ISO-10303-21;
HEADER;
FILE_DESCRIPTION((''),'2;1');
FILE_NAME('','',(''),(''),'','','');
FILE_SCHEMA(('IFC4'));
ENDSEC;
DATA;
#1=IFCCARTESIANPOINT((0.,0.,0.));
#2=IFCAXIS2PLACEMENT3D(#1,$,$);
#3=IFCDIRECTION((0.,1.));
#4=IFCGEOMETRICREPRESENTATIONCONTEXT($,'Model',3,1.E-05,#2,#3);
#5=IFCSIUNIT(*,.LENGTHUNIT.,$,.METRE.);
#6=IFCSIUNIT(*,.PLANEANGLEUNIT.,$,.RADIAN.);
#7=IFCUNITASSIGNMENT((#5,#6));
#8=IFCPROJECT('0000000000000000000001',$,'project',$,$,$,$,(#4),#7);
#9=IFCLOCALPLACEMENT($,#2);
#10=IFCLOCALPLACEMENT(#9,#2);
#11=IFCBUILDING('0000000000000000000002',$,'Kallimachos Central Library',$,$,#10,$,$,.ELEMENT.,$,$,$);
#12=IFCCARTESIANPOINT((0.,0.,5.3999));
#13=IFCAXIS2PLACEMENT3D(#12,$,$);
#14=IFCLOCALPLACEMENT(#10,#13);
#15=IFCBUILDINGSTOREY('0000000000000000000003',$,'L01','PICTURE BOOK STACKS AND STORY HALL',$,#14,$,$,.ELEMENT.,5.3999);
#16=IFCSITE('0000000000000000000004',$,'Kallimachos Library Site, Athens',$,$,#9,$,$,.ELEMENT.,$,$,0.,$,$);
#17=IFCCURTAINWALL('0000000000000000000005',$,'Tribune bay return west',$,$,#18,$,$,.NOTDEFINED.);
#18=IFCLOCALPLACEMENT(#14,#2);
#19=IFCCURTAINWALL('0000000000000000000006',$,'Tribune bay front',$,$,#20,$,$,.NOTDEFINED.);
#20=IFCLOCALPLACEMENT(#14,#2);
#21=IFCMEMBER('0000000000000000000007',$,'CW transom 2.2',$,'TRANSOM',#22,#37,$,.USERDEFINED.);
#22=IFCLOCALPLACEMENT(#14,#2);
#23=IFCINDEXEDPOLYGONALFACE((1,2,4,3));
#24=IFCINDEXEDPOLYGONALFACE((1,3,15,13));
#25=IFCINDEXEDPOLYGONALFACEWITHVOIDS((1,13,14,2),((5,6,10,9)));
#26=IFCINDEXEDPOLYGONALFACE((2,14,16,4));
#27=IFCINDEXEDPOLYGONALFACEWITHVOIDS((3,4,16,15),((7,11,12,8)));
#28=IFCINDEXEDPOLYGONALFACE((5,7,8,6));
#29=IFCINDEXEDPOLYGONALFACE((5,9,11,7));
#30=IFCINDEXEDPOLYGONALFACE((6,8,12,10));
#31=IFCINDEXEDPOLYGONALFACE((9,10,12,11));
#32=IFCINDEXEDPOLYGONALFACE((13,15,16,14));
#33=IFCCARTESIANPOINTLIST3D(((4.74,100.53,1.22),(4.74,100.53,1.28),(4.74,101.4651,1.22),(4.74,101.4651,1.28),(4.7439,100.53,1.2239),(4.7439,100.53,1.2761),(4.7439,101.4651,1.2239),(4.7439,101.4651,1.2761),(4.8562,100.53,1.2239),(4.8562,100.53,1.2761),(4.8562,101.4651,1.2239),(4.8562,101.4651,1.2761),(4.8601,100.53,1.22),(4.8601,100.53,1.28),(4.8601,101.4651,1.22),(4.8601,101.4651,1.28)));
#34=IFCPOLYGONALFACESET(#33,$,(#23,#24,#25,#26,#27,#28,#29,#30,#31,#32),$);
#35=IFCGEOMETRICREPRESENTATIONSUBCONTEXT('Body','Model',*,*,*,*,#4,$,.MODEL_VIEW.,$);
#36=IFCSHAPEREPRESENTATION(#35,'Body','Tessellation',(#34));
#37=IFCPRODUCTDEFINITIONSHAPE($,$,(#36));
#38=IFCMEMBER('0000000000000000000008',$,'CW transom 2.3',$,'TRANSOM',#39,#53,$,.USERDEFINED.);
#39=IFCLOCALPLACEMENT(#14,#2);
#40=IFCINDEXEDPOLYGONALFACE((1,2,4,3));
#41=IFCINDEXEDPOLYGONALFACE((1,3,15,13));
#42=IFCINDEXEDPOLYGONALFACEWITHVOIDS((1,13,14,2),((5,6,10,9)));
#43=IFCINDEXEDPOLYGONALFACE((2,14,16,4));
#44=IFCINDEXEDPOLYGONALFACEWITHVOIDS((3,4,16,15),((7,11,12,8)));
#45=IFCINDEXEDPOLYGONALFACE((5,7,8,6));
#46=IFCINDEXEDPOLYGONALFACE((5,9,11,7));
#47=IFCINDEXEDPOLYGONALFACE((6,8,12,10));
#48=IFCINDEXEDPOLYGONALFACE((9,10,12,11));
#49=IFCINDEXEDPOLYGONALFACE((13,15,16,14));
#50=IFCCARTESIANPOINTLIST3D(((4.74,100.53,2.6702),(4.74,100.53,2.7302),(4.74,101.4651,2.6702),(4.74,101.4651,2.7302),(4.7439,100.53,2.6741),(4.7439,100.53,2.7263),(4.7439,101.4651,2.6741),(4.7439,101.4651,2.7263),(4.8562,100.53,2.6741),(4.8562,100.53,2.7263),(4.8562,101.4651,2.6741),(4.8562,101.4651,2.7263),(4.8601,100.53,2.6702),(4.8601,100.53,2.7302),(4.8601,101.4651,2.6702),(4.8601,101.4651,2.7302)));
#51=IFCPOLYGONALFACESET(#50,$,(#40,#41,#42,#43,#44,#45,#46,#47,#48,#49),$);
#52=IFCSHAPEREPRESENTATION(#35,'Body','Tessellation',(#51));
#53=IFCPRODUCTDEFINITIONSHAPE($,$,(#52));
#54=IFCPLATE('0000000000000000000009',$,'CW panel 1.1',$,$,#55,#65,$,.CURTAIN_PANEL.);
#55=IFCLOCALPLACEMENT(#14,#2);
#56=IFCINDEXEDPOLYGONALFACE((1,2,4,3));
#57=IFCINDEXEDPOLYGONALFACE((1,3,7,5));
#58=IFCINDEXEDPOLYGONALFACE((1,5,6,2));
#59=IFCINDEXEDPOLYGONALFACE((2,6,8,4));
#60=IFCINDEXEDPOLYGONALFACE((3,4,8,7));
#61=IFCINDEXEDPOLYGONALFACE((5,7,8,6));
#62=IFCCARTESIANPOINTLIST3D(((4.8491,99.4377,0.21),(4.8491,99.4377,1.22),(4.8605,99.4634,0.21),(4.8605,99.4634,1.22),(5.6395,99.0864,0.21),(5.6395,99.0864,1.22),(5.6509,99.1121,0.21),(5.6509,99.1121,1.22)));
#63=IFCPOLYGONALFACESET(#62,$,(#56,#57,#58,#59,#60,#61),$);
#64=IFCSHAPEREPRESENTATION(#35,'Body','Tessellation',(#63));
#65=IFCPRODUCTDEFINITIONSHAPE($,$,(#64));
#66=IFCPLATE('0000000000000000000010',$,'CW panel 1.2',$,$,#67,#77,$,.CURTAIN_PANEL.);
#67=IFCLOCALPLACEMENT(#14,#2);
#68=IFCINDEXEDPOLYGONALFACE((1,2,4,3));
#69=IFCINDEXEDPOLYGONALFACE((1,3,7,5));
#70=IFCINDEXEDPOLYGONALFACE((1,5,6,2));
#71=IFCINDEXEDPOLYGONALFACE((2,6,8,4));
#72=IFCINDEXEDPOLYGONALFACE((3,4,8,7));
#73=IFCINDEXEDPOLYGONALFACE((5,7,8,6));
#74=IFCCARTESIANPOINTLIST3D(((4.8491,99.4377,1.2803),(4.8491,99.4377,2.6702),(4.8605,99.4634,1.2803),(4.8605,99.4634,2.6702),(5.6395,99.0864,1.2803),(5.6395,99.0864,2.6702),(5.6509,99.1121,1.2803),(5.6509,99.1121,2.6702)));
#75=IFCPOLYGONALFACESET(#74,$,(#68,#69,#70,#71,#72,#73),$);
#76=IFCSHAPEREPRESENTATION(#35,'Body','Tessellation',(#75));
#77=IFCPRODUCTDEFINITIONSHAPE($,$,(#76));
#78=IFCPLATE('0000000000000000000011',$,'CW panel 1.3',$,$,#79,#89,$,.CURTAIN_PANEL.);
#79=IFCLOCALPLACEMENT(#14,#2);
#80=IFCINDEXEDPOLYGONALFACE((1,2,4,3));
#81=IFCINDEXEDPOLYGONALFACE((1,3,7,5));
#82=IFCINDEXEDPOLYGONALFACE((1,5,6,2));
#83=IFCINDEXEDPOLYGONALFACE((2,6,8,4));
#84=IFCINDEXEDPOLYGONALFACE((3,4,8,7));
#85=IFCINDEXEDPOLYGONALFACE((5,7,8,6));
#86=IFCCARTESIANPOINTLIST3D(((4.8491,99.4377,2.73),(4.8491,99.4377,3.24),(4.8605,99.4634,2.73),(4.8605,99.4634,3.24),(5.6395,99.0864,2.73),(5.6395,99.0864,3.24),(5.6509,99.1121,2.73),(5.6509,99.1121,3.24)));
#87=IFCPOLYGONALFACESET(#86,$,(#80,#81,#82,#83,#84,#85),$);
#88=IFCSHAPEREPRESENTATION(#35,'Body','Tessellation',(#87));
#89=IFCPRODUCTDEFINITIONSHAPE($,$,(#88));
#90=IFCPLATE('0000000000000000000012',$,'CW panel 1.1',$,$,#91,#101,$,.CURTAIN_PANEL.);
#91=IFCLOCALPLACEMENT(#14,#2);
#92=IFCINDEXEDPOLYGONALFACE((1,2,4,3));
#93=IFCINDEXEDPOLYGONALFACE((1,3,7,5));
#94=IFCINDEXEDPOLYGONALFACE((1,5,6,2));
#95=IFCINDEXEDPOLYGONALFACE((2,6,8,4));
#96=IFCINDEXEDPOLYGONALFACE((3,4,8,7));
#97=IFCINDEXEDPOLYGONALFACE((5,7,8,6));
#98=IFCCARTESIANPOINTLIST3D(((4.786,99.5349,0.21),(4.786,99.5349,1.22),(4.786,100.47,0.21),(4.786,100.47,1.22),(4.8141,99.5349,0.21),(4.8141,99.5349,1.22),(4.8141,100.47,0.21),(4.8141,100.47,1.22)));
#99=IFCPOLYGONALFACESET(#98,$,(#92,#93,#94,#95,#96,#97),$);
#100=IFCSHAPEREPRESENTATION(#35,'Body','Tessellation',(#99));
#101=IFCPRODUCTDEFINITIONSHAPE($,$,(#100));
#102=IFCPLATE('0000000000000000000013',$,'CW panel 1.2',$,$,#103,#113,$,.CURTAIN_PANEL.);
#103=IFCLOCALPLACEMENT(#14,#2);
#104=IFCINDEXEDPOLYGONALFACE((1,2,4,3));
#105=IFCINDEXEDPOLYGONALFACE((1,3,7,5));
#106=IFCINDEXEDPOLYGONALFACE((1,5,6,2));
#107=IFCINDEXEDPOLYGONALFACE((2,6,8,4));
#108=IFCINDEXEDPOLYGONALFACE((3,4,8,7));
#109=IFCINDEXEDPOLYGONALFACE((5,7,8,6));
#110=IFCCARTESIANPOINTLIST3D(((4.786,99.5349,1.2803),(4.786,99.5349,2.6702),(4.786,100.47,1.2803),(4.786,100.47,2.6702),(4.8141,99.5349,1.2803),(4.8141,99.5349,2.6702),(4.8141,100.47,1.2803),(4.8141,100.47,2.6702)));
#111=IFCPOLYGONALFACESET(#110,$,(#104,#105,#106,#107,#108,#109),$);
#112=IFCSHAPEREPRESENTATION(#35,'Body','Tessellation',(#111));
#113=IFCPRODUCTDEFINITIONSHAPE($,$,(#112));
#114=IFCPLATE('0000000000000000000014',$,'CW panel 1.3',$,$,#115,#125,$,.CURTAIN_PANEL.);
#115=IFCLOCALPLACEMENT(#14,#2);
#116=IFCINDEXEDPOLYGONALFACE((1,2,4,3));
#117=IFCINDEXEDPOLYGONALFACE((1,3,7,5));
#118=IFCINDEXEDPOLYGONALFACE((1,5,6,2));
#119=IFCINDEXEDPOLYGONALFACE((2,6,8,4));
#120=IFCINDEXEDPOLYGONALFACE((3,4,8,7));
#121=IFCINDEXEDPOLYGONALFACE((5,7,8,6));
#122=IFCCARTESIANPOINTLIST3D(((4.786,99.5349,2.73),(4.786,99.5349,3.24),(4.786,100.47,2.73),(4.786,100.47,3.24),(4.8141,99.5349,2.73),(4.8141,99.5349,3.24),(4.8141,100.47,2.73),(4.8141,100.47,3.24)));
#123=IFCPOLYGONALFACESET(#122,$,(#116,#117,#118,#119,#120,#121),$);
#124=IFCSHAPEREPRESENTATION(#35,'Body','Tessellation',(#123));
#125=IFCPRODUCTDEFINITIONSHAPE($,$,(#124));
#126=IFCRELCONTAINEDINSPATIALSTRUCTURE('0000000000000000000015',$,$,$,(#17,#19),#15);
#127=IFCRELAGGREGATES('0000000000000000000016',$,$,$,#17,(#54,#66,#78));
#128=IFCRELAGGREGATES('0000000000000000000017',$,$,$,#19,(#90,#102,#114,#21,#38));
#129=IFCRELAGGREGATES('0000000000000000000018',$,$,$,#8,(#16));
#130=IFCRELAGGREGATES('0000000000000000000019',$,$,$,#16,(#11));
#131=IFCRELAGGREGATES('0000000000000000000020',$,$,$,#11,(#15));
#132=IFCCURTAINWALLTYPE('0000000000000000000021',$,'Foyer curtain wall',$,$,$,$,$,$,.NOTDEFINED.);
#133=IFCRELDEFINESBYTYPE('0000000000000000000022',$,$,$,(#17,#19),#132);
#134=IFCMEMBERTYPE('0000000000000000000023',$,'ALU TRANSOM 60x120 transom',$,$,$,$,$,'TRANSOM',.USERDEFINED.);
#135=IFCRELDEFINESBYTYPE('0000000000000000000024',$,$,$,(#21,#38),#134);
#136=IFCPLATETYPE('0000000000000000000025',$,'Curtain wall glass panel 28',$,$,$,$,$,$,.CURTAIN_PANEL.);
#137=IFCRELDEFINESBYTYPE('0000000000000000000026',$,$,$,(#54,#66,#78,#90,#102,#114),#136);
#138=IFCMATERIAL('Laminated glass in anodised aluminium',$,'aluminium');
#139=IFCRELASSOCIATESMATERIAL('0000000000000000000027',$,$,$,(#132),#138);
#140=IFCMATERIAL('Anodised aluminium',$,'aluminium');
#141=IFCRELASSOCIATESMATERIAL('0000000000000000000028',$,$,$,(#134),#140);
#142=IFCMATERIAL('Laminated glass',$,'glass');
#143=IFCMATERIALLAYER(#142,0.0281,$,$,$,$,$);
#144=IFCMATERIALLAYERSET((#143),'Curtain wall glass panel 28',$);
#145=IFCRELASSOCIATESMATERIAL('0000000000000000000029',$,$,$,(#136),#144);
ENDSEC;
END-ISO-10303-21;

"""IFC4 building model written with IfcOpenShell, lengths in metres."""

from ifc_helpers import new_model, si_unit, direction, frame, origin, origin_2d, place, context, subcontext, project, spatial, rectangle, hollow_rectangle, extrude, material, layer, layer_set, material_profile, profile_set, type_object, element, aggregate, save


model = new_model("IFC4")

# Units and contexts
model_context = context("Model", 3, precision=1e-05, world=origin(), true_north=direction((0.0, 1.0)))
body_context = subcontext(model_context, "Body", "Model", "MODEL_VIEW")
ifc_project = project(units=[si_unit("LENGTHUNIT", "METRE"), si_unit("PLANEANGLEUNIT", "RADIAN")], contexts=[model_context])

# Site, building, storey
site_placement = place(None, origin())
site = spatial("IfcSite", under=ifc_project, at=site_placement, Name="Kallimachos Library Site, Athens", CompositionType="ELEMENT", RefElevation=0.0)
building_placement = place(site_placement, origin())
building = spatial("IfcBuilding", under=site, at=building_placement, Name="Kallimachos Central Library", CompositionType="ELEMENT")
storey_placement = place(building_placement, frame((0.0, 0.0, 5.3999)))
storey = spatial("IfcBuildingStorey", under=building, at=storey_placement, Name="L01", Description="PICTURE BOOK STACKS AND STORY HALL", CompositionType="ELEMENT", Elevation=5.3999)

# Curtain wall
ifc_material_1 = material(Name="Laminated glass in anodised aluminium", Category="aluminium")
curtain_wall_type = type_object("IfcCurtainWallType", Name="Foyer curtain wall", PredefinedType="NOTDEFINED", material=ifc_material_1)
curtain_wall_1_placement = place(storey_placement, origin())
curtain_wall_1 = element("IfcCurtainWall", 1, at=curtain_wall_1_placement, inside=storey, type_object=curtain_wall_type, Name="Tribune bay return west", PredefinedType="NOTDEFINED")

# Curtain wall
curtain_wall_2_placement = place(storey_placement, origin())
curtain_wall_2 = element("IfcCurtainWall", 2, at=curtain_wall_2_placement, inside=storey, type_object=curtain_wall_type, Name="Tribune bay front", PredefinedType="NOTDEFINED")

# Members
ifc_material_2 = material(Name="Anodised aluminium", Category="aluminium")
ifc_material_profile_1 = material_profile(ifc_material_2, hollow_rectangle(XDim=0.0601, YDim=0.1201, WallThickness=0.0039, at=origin_2d()), Name="ALU TRANSOM 60x120")
ifc_profile_set_1 = profile_set([ifc_material_profile_1], Name="Anodised aluminium")
member_type_1 = type_object("IfcMemberType", Name="ALU TRANSOM 60x120 transom", ElementType="TRANSOM", PredefinedType="USERDEFINED", material=ifc_profile_set_1)
member_1_placement = place(storey_placement, frame((4.8, 100.53, 1.25), z_axis=(0.0, 1.0, 0.0), x_axis=(0.0, 0.0, 1.0)))
member_1 = element("IfcMember", 3, at=member_1_placement, type_object=member_type_1, Name="CW transom 2.2", ObjectType="TRANSOM", PredefinedType="USERDEFINED", context=body_context, shape_type="SweptSolid", body=[
    extrude(hollow_rectangle(XDim=0.0601, YDim=0.1201, WallThickness=0.0039, at=origin_2d()), origin(), (0.0, 0.0, 1.0), 0.9351),
])
member_2_placement = place(storey_placement, frame((4.8, 100.53, 2.7002), z_axis=(0.0, 1.0, 0.0), x_axis=(0.0, 0.0, 1.0)))
member_2 = element("IfcMember", 4, at=member_2_placement, type_object=member_type_1, Name="CW transom 2.3", ObjectType="TRANSOM", PredefinedType="USERDEFINED", context=body_context, shape_type="SweptSolid", body=[
    extrude(hollow_rectangle(XDim=0.0601, YDim=0.1201, WallThickness=0.0039, at=origin_2d()), origin(), (0.0, 0.0, 1.0), 0.9351),
])

# Plates
ifc_material_3 = material(Name="Laminated glass", Category="glass")
ifc_layer_1 = layer(ifc_material_3, 0.0281)
ifc_layer_set_1 = layer_set([ifc_layer_1], Name="Curtain wall glass panel 28")
plate_type = type_object("IfcPlateType", Name="Curtain wall glass panel 28", PredefinedType="CURTAIN_PANEL", material=ifc_layer_set_1)
plate_1_placement = place(storey_placement, frame((5.25, 99.2749, 0.21), z_axis=(0.0, 0.0, 1.0), x_axis=(-0.913812, 0.406138, 0.0)))
plate_1 = element("IfcPlate", 5, at=plate_1_placement, type_object=plate_type, Name="CW panel 1.1", PredefinedType="CURTAIN_PANEL", context=body_context, shape_type="SweptSolid", body=[
    extrude(rectangle(XDim=0.865, YDim=0.0281, at=origin_2d()), origin(), (0.0, 0.0, 1.0), 1.01),
])
plate_2_placement = place(storey_placement, frame((5.25, 99.2749, 1.2803), z_axis=(0.0, 0.0, 1.0), x_axis=(-0.913812, 0.406138, 0.0)))
plate_2 = element("IfcPlate", 6, at=plate_2_placement, type_object=plate_type, Name="CW panel 1.2", PredefinedType="CURTAIN_PANEL", context=body_context, shape_type="SweptSolid", body=[
    extrude(rectangle(XDim=0.865, YDim=0.0281, at=origin_2d()), origin(), (0.0, 0.0, 1.0), 1.3899),
])
plate_3_placement = place(storey_placement, frame((5.25, 99.2749, 2.73), z_axis=(0.0, 0.0, 1.0), x_axis=(-0.913812, 0.406138, 0.0)))
plate_3 = element("IfcPlate", 7, at=plate_3_placement, type_object=plate_type, Name="CW panel 1.3", PredefinedType="CURTAIN_PANEL", context=body_context, shape_type="SweptSolid", body=[
    extrude(rectangle(XDim=0.865, YDim=0.0281, at=origin_2d()), origin(), (0.0, 0.0, 1.0), 0.51),
])
aggregate(curtain_wall_1, [plate_1, plate_2, plate_3])
plate_4_placement = place(storey_placement, frame((4.8, 100.0024, 0.21), z_axis=(0.0, 0.0, 1.0), x_axis=(0.0, 1.0, 0.0)))
plate_4 = element("IfcPlate", 8, at=plate_4_placement, type_object=plate_type, Name="CW panel 1.1", PredefinedType="CURTAIN_PANEL", context=body_context, shape_type="SweptSolid", body=[
    extrude(rectangle(XDim=0.9351, YDim=0.0281, at=origin_2d()), origin(), (0.0, 0.0, 1.0), 1.01),
])
plate_5_placement = place(storey_placement, frame((4.8, 100.0024, 1.2803), z_axis=(0.0, 0.0, 1.0), x_axis=(0.0, 1.0, 0.0)))
plate_5 = element("IfcPlate", 9, at=plate_5_placement, type_object=plate_type, Name="CW panel 1.2", PredefinedType="CURTAIN_PANEL", context=body_context, shape_type="SweptSolid", body=[
    extrude(rectangle(XDim=0.9351, YDim=0.0281, at=origin_2d()), origin(), (0.0, 0.0, 1.0), 1.3899),
])
plate_6_placement = place(storey_placement, frame((4.8, 100.0024, 2.73), z_axis=(0.0, 0.0, 1.0), x_axis=(0.0, 1.0, 0.0)))
plate_6 = element("IfcPlate", 10, at=plate_6_placement, type_object=plate_type, Name="CW panel 1.3", PredefinedType="CURTAIN_PANEL", context=body_context, shape_type="SweptSolid", body=[
    extrude(rectangle(XDim=0.9351, YDim=0.0281, at=origin_2d()), origin(), (0.0, 0.0, 1.0), 0.51),
])
aggregate(curtain_wall_2, [plate_4, plate_5, plate_6, member_1, member_2])

save(model, "model.ifc")
